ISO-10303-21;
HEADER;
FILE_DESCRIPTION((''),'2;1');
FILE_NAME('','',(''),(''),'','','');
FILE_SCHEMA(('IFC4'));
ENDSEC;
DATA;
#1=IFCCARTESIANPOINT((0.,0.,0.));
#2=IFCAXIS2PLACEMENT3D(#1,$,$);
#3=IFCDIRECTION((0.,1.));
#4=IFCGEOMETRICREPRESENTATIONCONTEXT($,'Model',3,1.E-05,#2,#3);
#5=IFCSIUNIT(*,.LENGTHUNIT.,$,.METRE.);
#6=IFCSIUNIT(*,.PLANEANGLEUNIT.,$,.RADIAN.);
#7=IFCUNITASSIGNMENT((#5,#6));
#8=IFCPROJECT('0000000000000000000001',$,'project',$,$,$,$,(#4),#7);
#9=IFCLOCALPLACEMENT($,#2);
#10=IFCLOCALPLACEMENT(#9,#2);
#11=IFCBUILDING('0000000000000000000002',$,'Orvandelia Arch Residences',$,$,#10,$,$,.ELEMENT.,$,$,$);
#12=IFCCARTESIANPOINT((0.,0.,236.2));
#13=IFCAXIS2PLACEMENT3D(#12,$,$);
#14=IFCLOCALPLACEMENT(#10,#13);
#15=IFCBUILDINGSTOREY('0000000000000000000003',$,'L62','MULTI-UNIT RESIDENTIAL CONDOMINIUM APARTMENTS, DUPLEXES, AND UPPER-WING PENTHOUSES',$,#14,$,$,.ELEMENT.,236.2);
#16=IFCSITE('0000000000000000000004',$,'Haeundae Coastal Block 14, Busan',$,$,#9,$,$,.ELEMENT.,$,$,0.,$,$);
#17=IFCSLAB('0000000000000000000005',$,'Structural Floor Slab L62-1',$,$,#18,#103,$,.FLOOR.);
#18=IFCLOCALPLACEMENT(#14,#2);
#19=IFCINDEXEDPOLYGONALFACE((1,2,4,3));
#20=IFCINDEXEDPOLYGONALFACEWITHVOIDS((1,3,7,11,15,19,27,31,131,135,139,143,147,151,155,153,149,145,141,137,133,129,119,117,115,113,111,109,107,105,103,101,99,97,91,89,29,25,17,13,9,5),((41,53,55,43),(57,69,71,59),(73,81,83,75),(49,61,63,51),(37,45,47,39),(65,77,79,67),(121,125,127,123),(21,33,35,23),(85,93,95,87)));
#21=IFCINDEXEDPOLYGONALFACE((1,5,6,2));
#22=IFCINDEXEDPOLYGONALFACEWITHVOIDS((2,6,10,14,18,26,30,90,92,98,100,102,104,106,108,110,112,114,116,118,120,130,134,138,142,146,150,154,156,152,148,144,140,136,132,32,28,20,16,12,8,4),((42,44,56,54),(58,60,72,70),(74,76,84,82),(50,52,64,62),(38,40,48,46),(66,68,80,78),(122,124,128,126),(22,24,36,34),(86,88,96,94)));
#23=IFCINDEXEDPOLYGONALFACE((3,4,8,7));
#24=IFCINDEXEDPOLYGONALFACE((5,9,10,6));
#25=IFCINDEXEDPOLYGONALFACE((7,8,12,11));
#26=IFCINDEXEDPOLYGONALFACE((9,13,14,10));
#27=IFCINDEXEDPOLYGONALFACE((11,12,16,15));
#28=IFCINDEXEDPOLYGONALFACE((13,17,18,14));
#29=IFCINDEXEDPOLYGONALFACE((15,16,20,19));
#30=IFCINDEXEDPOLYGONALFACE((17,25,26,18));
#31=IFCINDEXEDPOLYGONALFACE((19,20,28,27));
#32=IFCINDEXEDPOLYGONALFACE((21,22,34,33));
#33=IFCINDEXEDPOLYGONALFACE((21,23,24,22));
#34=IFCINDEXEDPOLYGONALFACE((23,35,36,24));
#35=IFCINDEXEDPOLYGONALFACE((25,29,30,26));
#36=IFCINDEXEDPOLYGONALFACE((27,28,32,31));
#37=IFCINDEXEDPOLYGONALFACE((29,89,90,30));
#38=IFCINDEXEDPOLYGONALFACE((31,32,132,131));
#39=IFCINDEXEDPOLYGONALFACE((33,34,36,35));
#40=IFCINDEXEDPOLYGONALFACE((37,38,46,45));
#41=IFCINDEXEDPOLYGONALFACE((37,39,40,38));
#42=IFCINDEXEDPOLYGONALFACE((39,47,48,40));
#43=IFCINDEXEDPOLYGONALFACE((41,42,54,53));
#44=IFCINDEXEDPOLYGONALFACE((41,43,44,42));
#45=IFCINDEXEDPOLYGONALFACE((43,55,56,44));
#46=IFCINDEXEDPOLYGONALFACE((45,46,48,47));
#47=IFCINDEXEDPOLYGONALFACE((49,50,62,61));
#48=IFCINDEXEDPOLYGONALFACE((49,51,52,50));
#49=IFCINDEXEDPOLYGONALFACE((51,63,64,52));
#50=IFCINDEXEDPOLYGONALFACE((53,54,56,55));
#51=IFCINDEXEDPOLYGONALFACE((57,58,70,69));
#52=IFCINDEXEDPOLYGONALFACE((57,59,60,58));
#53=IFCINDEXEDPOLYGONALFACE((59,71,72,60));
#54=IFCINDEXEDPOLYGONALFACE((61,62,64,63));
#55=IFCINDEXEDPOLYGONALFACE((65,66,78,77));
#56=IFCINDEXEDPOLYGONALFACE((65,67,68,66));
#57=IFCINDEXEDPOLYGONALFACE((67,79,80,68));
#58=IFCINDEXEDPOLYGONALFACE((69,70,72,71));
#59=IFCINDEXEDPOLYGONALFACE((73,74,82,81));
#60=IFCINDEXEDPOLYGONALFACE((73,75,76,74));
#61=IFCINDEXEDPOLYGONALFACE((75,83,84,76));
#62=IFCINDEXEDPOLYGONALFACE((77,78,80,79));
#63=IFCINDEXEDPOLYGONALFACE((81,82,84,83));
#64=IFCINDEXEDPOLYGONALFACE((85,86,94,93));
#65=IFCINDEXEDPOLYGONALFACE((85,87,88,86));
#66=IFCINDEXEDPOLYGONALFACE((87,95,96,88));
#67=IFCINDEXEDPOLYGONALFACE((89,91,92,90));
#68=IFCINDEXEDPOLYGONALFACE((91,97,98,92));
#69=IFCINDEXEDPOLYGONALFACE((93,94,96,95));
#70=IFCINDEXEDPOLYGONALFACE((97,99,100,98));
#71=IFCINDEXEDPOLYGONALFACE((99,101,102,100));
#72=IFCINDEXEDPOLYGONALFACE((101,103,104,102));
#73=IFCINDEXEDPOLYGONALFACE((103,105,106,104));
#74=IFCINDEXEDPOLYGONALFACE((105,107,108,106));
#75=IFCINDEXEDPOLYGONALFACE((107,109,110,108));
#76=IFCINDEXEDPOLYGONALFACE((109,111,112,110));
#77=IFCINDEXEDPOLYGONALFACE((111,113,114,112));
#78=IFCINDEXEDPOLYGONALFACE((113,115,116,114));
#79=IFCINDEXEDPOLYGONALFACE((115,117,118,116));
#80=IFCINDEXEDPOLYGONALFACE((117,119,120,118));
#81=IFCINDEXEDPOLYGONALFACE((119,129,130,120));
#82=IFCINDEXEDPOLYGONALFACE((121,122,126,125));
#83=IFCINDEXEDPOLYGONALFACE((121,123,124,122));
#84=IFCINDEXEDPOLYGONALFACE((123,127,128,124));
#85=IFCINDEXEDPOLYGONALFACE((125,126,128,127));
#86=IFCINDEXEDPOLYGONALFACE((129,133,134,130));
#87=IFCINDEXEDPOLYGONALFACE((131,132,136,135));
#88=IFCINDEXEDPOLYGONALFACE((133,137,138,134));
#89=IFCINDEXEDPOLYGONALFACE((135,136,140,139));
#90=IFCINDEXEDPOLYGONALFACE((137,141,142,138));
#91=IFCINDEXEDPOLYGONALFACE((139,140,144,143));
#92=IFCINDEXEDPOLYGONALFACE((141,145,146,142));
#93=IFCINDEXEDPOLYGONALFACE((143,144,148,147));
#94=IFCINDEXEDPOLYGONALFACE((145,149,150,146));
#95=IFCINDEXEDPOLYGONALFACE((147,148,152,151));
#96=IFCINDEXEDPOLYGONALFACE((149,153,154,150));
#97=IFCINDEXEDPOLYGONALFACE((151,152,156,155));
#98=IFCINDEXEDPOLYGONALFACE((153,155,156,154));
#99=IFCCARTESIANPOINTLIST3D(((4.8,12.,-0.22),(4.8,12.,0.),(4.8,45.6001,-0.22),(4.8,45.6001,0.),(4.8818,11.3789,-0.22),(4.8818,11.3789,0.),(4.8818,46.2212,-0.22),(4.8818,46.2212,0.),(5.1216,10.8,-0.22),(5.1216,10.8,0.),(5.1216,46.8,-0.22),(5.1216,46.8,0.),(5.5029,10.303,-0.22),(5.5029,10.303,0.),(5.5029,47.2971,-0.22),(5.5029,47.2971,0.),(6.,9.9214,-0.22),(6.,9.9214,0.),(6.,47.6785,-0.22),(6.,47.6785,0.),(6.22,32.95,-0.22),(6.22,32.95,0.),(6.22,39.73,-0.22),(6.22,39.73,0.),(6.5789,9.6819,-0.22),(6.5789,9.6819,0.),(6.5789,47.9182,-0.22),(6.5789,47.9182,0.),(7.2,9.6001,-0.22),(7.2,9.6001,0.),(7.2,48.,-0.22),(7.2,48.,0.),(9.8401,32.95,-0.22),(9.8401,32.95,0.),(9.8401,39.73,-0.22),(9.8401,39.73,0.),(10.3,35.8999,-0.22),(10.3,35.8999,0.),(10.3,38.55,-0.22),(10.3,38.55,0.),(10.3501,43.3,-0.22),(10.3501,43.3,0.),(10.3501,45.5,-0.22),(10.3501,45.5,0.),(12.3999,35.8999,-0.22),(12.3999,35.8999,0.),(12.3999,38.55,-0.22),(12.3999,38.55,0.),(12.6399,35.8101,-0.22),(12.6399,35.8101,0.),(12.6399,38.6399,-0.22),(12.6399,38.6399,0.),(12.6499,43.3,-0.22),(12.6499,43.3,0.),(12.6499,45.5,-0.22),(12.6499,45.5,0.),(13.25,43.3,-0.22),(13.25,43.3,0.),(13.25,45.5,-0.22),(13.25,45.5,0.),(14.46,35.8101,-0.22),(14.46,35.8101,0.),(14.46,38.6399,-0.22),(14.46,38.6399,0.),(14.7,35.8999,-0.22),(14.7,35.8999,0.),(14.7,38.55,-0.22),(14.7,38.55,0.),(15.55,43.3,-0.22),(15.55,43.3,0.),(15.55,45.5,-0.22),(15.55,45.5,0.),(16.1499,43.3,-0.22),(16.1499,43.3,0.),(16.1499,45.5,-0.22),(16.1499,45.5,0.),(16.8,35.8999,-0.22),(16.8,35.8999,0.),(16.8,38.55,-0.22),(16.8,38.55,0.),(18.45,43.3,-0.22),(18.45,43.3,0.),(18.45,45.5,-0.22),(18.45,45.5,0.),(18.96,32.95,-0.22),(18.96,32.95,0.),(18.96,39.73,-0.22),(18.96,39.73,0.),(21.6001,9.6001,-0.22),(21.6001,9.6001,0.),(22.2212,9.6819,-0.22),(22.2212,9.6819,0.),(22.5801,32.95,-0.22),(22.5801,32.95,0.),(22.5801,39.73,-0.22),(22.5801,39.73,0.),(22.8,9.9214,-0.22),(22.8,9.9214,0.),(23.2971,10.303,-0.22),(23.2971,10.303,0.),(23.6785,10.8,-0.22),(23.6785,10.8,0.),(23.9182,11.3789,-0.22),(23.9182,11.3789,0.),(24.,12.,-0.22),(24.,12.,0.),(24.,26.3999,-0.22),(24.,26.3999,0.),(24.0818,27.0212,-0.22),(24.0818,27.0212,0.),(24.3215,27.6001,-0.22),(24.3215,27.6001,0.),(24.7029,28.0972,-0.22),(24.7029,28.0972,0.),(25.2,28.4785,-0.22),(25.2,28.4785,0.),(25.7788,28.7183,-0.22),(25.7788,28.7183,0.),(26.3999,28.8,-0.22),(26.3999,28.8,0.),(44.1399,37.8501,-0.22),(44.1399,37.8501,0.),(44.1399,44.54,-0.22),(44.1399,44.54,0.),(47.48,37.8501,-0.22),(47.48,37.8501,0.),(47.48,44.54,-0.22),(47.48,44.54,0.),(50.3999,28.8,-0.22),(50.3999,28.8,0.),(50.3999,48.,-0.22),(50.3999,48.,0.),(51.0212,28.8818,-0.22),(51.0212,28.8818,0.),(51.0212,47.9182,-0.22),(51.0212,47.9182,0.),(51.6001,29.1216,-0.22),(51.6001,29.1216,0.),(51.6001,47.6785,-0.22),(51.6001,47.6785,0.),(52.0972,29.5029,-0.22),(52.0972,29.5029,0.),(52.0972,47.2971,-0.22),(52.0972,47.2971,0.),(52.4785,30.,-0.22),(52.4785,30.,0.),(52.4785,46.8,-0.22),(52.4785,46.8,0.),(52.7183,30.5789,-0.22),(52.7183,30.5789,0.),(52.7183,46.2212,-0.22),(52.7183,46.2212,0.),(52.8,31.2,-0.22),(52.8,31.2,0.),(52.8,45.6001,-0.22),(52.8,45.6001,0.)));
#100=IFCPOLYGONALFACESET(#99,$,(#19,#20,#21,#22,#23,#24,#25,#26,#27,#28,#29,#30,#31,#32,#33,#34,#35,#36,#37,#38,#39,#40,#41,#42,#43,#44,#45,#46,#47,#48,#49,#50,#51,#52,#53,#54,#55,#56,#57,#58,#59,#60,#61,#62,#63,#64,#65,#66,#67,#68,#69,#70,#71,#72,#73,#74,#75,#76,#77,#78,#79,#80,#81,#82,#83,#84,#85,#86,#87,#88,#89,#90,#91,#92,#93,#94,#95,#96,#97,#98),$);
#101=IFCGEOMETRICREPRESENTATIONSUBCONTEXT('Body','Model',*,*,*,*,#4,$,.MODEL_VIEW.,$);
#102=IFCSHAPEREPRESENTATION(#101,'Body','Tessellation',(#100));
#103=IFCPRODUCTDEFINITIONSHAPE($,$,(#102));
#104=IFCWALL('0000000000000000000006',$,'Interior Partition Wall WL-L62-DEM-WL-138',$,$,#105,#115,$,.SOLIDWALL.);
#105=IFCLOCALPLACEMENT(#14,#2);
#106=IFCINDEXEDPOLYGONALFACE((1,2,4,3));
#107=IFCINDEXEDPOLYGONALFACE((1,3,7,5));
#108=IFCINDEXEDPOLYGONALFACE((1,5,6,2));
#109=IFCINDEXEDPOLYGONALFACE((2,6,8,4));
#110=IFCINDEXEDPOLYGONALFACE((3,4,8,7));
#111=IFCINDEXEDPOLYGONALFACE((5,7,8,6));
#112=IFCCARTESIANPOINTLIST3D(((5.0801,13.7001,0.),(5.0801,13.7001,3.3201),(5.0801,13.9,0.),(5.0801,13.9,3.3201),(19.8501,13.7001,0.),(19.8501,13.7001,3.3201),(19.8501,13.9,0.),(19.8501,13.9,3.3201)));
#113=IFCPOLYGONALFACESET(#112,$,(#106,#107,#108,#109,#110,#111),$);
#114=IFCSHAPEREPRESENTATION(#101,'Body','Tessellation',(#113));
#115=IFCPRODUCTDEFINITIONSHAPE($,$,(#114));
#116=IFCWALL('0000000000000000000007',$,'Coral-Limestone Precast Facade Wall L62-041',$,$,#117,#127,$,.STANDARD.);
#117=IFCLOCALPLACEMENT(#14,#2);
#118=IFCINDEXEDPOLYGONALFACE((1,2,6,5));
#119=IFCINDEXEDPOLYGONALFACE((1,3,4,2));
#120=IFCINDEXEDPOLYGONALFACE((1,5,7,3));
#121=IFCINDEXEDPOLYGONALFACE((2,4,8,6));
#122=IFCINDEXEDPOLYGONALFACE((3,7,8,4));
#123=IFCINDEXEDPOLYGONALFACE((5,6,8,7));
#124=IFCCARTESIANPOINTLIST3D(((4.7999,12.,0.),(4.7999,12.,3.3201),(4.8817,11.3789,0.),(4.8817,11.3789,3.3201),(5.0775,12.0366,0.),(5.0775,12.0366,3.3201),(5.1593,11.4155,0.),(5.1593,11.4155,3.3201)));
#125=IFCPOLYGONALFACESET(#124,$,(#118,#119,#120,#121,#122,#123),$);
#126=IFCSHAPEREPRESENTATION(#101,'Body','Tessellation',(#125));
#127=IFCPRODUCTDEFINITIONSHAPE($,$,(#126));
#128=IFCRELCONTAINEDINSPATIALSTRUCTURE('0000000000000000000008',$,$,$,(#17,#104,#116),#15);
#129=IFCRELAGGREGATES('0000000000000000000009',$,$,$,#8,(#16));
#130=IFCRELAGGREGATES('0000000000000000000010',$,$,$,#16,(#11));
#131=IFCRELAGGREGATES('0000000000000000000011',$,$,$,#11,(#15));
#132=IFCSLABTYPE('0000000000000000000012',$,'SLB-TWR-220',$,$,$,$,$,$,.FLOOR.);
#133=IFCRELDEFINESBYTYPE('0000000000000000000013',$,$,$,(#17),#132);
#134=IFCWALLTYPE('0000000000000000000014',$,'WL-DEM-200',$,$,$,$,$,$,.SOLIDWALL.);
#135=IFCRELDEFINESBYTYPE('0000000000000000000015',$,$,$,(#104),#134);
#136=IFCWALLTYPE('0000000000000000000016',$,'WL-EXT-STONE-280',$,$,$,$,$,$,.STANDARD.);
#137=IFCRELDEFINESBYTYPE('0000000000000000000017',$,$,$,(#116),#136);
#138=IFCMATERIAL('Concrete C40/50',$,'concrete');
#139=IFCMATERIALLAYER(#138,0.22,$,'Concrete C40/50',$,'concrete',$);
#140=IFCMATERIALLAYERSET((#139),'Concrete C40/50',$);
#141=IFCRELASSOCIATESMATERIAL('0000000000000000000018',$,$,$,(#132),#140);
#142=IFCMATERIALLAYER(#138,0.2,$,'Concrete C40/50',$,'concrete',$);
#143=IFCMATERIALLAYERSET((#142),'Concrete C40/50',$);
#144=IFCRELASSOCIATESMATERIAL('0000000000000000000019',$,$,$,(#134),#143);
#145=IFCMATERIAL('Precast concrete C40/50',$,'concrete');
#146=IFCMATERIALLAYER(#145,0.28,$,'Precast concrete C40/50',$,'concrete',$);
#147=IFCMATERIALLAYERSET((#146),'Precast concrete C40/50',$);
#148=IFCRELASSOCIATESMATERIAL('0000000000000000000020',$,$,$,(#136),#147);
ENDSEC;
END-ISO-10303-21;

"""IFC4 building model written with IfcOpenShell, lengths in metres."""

from ifc_helpers import new_model, si_unit, direction, frame, frame_2d, origin, place, context, subcontext, project, spatial, polyline, rectangle, outline, extrude, material, layer, layer_set, type_object, element, save


model = new_model("IFC4")

# Units and contexts
model_context = context("Model", 3, precision=1e-05, world=origin(), true_north=direction((0.0, 1.0)))
body_context = subcontext(model_context, "Body", "Model", "MODEL_VIEW")
ifc_project = project(units=[si_unit("LENGTHUNIT", "METRE"), si_unit("PLANEANGLEUNIT", "RADIAN")], contexts=[model_context])

# Site, building, storey
site_placement = place(None, origin())
site = spatial("IfcSite", under=ifc_project, at=site_placement, Name="Haeundae Coastal Block 14, Busan", CompositionType="ELEMENT", RefElevation=0.0)
building_placement = place(site_placement, origin())
building = spatial("IfcBuilding", under=site, at=building_placement, Name="Orvandelia Arch Residences", CompositionType="ELEMENT")
storey_placement = place(building_placement, frame((0.0, 0.0, 236.2)))
storey = spatial("IfcBuildingStorey", under=building, at=storey_placement, Name="L62", Description="MULTI-UNIT RESIDENTIAL CONDOMINIUM APARTMENTS, DUPLEXES, AND UPPER-WING PENTHOUSES", CompositionType="ELEMENT", Elevation=236.2)

# Shared definitions
ifc_material_1 = material(Name="Precast concrete C40/50", Category="concrete")

# Shared definitions
ifc_material_2 = material(Name="Concrete C40/50", Category="concrete")

# Slab
ifc_layer_1 = layer(ifc_material_2, 0.22, Name="Concrete C40/50", Category="concrete")
ifc_layer_set_1 = layer_set([ifc_layer_1], Name="Concrete C40/50")
slab_type_1 = type_object("IfcSlabType", Name="SLB-TWR-220", PredefinedType="FLOOR", material=ifc_layer_set_1)
slab_1_placement = place(storey_placement, frame((0.0, 0.0, -0.22)))
element("IfcSlab", 1, at=slab_1_placement, inside=storey, type_object=slab_type_1, Name="Structural Floor Slab L62-1", PredefinedType="FLOOR", context=body_context, shape_type="SweptSolid", body=[
    extrude(outline(polyline([(4.8, 12.0), (4.8818, 11.3789), (5.1216, 10.8), (5.5029, 10.303), (6.0, 9.9214), (6.5789, 9.6819), (7.2, 9.6001), (21.6001, 9.6001), (22.2212, 9.6819), (22.8, 9.9214), (23.2971, 10.303), (23.6785, 10.8), (23.9182, 11.3789), (24.0, 12.0), (24.0, 26.3999), (24.0818, 27.0212), (24.3215, 27.6001), (24.7029, 28.0972), (25.2, 28.4785), (25.7788, 28.7183), (26.3999, 28.8), (50.3999, 28.8), (51.0212, 28.8818), (51.6001, 29.1216), (52.0972, 29.5029), (52.4785, 30.0), (52.7183, 30.5789), (52.8, 31.2), (52.8, 45.6001), (52.7183, 46.2212), (52.4785, 46.8), (52.0972, 47.2971), (51.6001, 47.6785), (51.0212, 47.9182), (50.3999, 48.0), (7.2, 48.0), (6.5789, 47.9182), (6.0, 47.6785), (5.5029, 47.2971), (5.1216, 46.8), (4.8818, 46.2212), (4.8, 45.6001), (4.8, 12.0)]), holes=[polyline([(6.22, 32.95), (9.8401, 32.95), (9.8401, 39.73), (6.22, 39.73), (6.22, 32.95)]), polyline([(18.96, 32.95), (22.5801, 32.95), (22.5801, 39.73), (18.96, 39.73), (18.96, 32.95)]), polyline([(44.1399, 37.8501), (47.48, 37.8501), (47.48, 44.54), (44.1399, 44.54), (44.1399, 37.8501)]), polyline([(12.6399, 35.8101), (14.46, 35.8101), (14.46, 38.6399), (12.6399, 38.6399), (12.6399, 35.8101)]), polyline([(10.3, 35.8999), (12.3999, 35.8999), (12.3999, 38.55), (10.3, 38.55), (10.3, 35.8999)]), polyline([(14.7, 35.8999), (16.8, 35.8999), (16.8, 38.55), (14.7, 38.55), (14.7, 35.8999)]), polyline([(10.3501, 43.3), (12.6499, 43.3), (12.6499, 45.5), (10.3501, 45.5), (10.3501, 43.3)]), polyline([(13.25, 43.3), (15.55, 43.3), (15.55, 45.5), (13.25, 45.5), (13.25, 43.3)]), polyline([(16.1499, 43.3), (18.45, 43.3), (18.45, 45.5), (16.1499, 45.5), (16.1499, 43.3)])]), origin(), (0.0, 0.0, 1.0), 0.22),
])

# Walls
ifc_layer_2 = layer(ifc_material_2, 0.2, Name="Concrete C40/50", Category="concrete")
ifc_layer_set_2 = layer_set([ifc_layer_2], Name="Concrete C40/50")
wall_type_1 = type_object("IfcWallType", Name="WL-DEM-200", PredefinedType="SOLIDWALL", material=ifc_layer_set_2)
wall_1_placement = place(storey_placement, frame((5.0801, 13.8, 0.0), z_axis=(0.0, 0.0, 1.0), x_axis=(1.0, 0.0, 0.0)))
element("IfcWall", 2, at=wall_1_placement, inside=storey, type_object=wall_type_1, Name="Interior Partition Wall WL-L62-DEM-WL-138", PredefinedType="SOLIDWALL", context=body_context, shape_type="SweptSolid", body=[
    extrude(rectangle(XDim=14.77, YDim=0.2, at=frame_2d((7.385, 0.0))), origin(), (0.0, 0.0, 1.0), 3.3201),
])
ifc_layer_3 = layer(ifc_material_1, 0.28, Name="Precast concrete C40/50", Category="concrete")
ifc_layer_set_3 = layer_set([ifc_layer_3], Name="Precast concrete C40/50")
wall_type_2 = type_object("IfcWallType", Name="WL-EXT-STONE-280", PredefinedType="STANDARD", material=ifc_layer_set_3)
wall_2_placement = place(storey_placement, frame((5.0205, 11.3972, 0.0), z_axis=(0.0, 0.0, 1.0), x_axis=(-0.130555, 0.991441, 0.0)))
element("IfcWall", 3, at=wall_2_placement, inside=storey, type_object=wall_type_2, Name="Coral-Limestone Precast Facade Wall L62-041", PredefinedType="STANDARD", context=body_context, shape_type="SweptSolid", body=[
    extrude(rectangle(XDim=0.6265, YDim=0.28, at=frame_2d((0.3132, 0.0))), origin(), (0.0, 0.0, 1.0), 3.3201),
])

save(model, "model.ifc")
